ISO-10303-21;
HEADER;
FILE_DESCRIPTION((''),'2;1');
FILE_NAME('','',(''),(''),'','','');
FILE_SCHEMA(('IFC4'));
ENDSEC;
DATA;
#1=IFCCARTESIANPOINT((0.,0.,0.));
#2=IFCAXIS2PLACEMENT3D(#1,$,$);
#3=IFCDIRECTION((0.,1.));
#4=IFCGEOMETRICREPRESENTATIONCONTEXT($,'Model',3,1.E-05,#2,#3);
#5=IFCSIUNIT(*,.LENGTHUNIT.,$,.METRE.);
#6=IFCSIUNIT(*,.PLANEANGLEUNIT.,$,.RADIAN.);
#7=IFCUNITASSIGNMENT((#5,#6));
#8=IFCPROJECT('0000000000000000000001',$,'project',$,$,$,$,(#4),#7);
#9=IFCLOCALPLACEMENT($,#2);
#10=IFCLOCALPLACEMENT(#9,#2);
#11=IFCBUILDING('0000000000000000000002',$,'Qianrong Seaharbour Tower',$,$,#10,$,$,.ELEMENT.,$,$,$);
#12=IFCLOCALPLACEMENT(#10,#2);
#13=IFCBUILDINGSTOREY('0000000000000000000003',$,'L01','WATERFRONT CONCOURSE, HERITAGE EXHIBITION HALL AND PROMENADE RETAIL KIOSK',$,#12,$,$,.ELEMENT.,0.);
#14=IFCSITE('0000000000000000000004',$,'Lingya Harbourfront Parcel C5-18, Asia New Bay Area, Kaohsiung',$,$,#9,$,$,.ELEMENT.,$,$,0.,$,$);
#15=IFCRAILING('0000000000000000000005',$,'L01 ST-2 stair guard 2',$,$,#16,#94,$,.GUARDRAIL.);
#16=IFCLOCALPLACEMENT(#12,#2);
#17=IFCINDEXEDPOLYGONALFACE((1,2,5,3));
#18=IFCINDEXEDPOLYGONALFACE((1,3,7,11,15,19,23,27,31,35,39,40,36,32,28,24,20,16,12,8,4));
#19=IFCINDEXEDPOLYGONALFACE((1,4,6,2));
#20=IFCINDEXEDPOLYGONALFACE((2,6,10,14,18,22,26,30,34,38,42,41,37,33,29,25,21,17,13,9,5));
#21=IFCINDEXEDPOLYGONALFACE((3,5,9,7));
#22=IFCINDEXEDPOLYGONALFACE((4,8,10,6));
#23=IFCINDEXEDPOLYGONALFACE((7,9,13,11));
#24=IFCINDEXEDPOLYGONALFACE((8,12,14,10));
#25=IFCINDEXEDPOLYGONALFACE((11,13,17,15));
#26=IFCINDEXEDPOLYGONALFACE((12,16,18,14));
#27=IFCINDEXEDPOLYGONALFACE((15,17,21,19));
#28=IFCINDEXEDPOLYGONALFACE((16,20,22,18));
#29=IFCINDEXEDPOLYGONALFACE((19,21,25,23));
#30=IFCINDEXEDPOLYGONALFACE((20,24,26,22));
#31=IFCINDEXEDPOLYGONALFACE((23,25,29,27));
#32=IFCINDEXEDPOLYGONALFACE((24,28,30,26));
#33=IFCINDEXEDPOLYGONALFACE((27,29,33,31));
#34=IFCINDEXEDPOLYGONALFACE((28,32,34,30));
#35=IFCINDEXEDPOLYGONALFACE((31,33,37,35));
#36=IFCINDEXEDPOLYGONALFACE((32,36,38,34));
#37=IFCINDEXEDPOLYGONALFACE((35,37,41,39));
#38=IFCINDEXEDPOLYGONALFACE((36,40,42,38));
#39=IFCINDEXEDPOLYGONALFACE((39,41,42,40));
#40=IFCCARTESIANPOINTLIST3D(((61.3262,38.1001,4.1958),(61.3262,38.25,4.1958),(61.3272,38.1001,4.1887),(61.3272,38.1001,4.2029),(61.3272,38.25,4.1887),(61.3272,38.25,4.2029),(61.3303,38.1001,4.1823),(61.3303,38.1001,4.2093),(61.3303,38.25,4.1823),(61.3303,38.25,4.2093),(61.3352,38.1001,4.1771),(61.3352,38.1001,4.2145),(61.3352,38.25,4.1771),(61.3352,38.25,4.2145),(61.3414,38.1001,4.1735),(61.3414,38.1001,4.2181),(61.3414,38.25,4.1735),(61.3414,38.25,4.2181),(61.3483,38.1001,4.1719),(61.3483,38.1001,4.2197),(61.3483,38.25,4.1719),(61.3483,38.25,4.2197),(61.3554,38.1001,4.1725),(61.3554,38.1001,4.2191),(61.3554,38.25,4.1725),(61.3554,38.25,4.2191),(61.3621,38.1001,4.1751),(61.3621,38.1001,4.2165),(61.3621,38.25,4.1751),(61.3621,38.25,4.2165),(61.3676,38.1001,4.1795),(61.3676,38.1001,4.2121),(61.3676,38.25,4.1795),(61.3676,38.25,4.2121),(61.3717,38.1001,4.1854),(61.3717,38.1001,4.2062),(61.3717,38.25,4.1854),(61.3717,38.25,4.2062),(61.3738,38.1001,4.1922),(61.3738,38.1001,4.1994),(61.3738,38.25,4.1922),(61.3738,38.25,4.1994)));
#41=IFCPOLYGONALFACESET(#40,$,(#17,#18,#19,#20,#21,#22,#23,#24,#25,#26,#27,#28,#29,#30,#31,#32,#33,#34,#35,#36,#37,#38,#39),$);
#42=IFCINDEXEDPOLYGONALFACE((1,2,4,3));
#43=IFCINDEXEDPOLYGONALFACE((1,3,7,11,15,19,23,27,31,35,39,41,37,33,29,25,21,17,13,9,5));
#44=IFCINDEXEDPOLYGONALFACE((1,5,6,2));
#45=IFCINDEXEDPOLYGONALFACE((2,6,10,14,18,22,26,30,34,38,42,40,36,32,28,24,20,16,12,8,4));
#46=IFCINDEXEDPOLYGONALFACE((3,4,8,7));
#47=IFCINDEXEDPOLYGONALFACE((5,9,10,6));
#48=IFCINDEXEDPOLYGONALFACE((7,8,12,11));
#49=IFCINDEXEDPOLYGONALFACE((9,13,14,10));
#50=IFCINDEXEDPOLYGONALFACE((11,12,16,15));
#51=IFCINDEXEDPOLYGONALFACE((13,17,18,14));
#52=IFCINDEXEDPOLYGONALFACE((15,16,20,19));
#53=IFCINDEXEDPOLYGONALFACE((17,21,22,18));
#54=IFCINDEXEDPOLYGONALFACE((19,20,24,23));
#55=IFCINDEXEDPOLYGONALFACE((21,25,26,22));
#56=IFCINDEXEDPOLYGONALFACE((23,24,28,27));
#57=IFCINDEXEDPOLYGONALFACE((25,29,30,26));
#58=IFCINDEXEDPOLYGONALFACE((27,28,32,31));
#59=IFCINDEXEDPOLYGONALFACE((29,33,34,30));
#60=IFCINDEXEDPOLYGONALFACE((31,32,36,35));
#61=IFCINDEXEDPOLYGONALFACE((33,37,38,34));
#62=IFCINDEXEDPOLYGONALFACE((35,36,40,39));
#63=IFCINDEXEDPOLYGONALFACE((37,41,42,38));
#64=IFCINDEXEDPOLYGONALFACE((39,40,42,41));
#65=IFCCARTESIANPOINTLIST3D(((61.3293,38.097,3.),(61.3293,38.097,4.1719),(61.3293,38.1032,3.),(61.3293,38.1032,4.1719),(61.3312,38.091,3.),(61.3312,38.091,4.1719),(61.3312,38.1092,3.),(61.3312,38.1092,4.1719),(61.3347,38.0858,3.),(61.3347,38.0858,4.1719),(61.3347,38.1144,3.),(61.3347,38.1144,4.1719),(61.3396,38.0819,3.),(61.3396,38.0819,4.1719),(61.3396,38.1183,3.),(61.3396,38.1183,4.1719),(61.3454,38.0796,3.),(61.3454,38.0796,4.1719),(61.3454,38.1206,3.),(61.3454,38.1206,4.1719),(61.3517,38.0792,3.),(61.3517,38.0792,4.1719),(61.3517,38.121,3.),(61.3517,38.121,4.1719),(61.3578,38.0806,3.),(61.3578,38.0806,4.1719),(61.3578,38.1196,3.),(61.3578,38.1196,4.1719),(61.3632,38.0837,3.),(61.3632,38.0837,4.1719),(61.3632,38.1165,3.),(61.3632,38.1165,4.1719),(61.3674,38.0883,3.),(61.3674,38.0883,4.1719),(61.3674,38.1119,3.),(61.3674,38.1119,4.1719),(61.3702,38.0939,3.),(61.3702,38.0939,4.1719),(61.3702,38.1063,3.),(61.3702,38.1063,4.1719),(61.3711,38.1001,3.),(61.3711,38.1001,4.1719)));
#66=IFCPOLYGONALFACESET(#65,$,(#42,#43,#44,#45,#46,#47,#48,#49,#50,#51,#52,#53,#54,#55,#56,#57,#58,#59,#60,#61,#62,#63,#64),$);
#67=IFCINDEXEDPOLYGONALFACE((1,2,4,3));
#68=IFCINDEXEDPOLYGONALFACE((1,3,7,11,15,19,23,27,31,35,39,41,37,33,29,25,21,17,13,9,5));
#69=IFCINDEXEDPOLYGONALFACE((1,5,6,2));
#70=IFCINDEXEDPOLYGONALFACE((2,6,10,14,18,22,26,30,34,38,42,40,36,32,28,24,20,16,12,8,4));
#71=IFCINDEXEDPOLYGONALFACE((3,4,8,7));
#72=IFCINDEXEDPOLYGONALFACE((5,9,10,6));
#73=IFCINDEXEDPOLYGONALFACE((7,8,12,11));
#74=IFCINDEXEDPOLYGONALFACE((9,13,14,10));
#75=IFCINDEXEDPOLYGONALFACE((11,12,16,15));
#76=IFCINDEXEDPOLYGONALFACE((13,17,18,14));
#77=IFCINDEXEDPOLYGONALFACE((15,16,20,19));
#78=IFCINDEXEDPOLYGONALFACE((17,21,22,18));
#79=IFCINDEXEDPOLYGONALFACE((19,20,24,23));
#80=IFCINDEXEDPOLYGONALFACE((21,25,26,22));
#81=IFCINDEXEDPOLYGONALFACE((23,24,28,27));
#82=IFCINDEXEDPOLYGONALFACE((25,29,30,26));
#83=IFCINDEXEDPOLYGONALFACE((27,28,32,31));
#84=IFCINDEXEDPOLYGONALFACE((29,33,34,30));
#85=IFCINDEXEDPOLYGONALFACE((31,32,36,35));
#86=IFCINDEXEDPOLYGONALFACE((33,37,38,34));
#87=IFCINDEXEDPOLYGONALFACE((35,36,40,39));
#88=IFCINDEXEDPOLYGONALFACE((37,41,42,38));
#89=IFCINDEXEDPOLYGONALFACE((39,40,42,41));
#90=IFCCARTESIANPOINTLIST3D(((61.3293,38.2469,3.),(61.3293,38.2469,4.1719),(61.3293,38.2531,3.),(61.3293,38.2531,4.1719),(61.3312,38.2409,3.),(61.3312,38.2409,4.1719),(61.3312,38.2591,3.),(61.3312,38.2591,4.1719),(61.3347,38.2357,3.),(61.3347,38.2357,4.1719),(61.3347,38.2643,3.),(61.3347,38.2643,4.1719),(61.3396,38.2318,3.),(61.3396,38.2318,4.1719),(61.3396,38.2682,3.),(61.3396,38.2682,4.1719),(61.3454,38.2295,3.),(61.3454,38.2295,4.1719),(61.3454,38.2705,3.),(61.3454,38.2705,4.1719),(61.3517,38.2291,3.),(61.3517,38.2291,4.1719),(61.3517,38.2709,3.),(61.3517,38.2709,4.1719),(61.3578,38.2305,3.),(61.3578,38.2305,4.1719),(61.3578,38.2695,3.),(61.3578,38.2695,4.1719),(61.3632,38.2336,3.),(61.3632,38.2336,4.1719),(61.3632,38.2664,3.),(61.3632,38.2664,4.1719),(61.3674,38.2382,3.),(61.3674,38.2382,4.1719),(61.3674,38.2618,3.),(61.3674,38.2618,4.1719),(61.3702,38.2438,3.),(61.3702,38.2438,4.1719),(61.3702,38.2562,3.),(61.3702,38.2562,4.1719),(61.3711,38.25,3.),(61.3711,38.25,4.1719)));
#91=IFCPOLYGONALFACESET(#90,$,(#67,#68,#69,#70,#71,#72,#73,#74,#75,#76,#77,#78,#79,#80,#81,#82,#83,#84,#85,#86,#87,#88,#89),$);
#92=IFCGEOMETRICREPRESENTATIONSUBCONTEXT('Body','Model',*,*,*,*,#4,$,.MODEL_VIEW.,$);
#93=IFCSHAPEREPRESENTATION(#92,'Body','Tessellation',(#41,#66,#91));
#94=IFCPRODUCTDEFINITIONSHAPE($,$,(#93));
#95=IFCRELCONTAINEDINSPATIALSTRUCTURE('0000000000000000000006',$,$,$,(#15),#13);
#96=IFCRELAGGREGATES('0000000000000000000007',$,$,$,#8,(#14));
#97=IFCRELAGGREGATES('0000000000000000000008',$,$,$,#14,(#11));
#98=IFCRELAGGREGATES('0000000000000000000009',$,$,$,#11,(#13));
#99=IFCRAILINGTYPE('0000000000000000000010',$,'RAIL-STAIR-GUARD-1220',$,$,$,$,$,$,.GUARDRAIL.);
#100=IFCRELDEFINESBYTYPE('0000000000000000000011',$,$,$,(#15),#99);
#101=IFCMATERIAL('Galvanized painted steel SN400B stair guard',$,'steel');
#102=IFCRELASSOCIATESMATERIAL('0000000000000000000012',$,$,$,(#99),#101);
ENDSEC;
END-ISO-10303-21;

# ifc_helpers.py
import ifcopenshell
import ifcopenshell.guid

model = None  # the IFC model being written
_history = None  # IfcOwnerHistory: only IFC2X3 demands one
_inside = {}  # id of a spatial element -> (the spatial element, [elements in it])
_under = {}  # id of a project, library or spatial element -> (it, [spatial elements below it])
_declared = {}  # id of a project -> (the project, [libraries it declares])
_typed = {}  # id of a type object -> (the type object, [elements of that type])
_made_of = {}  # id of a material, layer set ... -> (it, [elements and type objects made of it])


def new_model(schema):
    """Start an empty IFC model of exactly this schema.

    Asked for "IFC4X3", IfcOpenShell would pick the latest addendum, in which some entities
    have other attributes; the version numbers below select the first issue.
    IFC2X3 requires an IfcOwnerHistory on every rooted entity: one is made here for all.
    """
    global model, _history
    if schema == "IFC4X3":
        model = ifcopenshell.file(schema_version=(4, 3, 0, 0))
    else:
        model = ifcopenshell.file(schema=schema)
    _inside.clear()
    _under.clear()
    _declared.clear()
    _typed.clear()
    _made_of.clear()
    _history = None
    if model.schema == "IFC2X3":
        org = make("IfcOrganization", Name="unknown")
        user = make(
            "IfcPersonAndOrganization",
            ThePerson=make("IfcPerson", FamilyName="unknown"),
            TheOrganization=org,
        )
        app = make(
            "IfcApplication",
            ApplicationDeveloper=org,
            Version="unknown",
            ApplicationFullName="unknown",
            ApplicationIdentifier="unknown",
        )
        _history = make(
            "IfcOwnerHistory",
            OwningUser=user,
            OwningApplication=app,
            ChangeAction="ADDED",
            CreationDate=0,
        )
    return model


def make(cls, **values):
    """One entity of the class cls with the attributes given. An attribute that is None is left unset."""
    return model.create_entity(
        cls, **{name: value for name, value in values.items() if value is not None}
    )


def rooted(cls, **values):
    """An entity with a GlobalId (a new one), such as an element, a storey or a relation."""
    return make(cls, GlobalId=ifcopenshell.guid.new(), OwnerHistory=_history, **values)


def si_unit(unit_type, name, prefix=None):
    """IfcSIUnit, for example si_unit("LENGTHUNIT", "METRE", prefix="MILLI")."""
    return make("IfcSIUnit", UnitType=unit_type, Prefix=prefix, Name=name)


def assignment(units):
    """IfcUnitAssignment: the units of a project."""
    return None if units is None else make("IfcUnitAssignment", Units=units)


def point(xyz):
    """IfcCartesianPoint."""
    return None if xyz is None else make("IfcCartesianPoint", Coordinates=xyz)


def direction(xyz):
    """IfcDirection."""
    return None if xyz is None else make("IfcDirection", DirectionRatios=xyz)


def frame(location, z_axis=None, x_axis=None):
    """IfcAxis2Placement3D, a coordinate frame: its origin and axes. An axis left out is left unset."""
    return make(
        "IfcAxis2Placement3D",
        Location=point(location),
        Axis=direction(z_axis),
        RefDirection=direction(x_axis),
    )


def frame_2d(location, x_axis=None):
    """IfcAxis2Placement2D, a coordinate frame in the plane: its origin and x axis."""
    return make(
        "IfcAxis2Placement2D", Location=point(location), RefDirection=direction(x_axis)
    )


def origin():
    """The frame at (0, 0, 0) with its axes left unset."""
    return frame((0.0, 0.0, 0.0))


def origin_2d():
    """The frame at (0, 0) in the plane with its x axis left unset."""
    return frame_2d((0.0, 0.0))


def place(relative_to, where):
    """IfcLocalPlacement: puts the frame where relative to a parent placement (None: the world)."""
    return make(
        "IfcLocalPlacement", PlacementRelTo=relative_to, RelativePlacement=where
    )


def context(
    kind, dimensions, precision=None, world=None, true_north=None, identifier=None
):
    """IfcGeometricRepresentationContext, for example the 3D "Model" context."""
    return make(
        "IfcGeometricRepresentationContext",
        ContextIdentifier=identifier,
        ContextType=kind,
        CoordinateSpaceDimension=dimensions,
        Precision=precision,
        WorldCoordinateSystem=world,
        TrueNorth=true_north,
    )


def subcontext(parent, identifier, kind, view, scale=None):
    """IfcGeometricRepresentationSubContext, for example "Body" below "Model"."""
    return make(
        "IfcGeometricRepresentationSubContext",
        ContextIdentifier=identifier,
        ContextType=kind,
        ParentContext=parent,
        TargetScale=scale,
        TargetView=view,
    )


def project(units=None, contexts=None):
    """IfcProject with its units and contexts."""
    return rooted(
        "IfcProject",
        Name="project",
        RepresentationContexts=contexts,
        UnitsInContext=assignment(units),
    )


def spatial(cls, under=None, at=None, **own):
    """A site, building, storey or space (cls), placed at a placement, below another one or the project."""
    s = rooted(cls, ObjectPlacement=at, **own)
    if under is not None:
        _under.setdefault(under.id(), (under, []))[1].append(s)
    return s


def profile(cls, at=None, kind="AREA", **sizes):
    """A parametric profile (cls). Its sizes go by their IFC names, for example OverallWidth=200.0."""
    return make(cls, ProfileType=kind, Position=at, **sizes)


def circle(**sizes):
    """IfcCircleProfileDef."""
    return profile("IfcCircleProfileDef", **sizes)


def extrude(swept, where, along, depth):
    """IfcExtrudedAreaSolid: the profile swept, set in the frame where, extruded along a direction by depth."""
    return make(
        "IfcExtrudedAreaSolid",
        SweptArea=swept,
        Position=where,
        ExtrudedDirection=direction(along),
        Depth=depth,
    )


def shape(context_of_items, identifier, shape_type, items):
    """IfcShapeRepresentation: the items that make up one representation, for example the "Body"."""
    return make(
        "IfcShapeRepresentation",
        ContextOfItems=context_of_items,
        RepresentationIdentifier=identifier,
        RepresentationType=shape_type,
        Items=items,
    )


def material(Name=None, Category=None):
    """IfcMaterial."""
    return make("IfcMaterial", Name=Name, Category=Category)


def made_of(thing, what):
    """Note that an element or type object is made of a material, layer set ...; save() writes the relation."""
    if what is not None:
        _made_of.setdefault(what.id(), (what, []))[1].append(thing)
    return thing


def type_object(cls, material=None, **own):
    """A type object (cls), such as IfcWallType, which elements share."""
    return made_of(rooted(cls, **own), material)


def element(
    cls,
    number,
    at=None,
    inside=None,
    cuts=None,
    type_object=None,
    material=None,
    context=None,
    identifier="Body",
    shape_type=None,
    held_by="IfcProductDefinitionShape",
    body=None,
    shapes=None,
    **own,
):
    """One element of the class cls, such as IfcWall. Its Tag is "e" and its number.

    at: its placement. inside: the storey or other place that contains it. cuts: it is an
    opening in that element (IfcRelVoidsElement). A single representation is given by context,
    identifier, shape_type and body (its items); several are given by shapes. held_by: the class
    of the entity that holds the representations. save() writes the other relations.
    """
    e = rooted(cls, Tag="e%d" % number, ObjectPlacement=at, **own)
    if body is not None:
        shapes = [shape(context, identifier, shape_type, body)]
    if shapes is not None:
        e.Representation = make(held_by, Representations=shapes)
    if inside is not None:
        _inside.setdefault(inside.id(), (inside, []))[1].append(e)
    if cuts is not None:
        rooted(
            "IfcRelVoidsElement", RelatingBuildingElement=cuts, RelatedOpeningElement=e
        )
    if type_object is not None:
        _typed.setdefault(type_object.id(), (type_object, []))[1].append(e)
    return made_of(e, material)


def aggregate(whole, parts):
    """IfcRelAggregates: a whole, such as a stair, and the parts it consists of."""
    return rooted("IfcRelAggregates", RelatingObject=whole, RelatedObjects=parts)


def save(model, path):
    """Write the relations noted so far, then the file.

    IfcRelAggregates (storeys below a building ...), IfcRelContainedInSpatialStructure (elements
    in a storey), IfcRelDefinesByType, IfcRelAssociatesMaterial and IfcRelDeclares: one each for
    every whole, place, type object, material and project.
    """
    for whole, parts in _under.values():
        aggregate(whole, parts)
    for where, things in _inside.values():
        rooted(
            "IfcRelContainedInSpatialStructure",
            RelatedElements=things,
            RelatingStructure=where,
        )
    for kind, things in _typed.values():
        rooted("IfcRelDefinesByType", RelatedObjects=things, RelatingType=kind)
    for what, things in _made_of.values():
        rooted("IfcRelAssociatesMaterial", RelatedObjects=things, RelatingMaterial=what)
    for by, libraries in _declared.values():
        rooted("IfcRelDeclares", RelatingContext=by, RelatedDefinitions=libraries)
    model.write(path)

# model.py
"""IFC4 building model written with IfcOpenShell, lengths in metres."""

from ifc_helpers import new_model, si_unit, direction, frame, origin, origin_2d, place, context, subcontext, project, spatial, circle, extrude, material, type_object, element, save


model = new_model("IFC4")

# Units and contexts
model_context = context("Model", 3, precision=1e-05, world=origin(), true_north=direction((0.0, 1.0)))
body_context = subcontext(model_context, "Body", "Model", "MODEL_VIEW")
ifc_project = project(units=[si_unit("LENGTHUNIT", "METRE"), si_unit("PLANEANGLEUNIT", "RADIAN")], contexts=[model_context])

# Site, building, storey
site_placement = place(None, origin())
site = spatial("IfcSite", under=ifc_project, at=site_placement, Name="Lingya Harbourfront Parcel C5-18, Asia New Bay Area, Kaohsiung", CompositionType="ELEMENT", RefElevation=0.0)
building_placement = place(site_placement, origin())
building = spatial("IfcBuilding", under=site, at=building_placement, Name="Qianrong Seaharbour Tower", CompositionType="ELEMENT")
storey_placement = place(building_placement, origin())
storey = spatial("IfcBuildingStorey", under=building, at=storey_placement, Name="L01", Description="WATERFRONT CONCOURSE, HERITAGE EXHIBITION HALL AND PROMENADE RETAIL KIOSK", CompositionType="ELEMENT", Elevation=0.0)

# Railing
ifc_material_1 = material(Name="Galvanized painted steel SN400B stair guard", Category="steel")
railing_type_1 = type_object("IfcRailingType", Name="RAIL-STAIR-GUARD-1220", PredefinedType="GUARDRAIL", material=ifc_material_1)
railing_1_placement = place(storey_placement, frame((61.3501, 38.1001, 3.0)))
element("IfcRailing", 1, at=railing_1_placement, inside=storey, type_object=railing_type_1, Name="L01 ST-2 stair guard 2", PredefinedType="GUARDRAIL", context=body_context, shape_type="SweptSolid", body=[
    extrude(circle(Radius=0.0239, at=origin_2d()), frame((0.0, 0.0, 1.1958), z_axis=(0.0, 1.0, 0.0), x_axis=(-1.0, 0.0, 0.0)), (0.0, 0.0, 1.0), 0.1499),
    extrude(circle(Radius=0.021, at=origin_2d()), origin(), (0.0, 0.0, 1.0), 1.1719),
    extrude(circle(Radius=0.021, at=origin_2d()), frame((0.0, 0.1499, 0.0)), (0.0, 0.0, 1.0), 1.1719),
])

save(model, "model.ifc")
